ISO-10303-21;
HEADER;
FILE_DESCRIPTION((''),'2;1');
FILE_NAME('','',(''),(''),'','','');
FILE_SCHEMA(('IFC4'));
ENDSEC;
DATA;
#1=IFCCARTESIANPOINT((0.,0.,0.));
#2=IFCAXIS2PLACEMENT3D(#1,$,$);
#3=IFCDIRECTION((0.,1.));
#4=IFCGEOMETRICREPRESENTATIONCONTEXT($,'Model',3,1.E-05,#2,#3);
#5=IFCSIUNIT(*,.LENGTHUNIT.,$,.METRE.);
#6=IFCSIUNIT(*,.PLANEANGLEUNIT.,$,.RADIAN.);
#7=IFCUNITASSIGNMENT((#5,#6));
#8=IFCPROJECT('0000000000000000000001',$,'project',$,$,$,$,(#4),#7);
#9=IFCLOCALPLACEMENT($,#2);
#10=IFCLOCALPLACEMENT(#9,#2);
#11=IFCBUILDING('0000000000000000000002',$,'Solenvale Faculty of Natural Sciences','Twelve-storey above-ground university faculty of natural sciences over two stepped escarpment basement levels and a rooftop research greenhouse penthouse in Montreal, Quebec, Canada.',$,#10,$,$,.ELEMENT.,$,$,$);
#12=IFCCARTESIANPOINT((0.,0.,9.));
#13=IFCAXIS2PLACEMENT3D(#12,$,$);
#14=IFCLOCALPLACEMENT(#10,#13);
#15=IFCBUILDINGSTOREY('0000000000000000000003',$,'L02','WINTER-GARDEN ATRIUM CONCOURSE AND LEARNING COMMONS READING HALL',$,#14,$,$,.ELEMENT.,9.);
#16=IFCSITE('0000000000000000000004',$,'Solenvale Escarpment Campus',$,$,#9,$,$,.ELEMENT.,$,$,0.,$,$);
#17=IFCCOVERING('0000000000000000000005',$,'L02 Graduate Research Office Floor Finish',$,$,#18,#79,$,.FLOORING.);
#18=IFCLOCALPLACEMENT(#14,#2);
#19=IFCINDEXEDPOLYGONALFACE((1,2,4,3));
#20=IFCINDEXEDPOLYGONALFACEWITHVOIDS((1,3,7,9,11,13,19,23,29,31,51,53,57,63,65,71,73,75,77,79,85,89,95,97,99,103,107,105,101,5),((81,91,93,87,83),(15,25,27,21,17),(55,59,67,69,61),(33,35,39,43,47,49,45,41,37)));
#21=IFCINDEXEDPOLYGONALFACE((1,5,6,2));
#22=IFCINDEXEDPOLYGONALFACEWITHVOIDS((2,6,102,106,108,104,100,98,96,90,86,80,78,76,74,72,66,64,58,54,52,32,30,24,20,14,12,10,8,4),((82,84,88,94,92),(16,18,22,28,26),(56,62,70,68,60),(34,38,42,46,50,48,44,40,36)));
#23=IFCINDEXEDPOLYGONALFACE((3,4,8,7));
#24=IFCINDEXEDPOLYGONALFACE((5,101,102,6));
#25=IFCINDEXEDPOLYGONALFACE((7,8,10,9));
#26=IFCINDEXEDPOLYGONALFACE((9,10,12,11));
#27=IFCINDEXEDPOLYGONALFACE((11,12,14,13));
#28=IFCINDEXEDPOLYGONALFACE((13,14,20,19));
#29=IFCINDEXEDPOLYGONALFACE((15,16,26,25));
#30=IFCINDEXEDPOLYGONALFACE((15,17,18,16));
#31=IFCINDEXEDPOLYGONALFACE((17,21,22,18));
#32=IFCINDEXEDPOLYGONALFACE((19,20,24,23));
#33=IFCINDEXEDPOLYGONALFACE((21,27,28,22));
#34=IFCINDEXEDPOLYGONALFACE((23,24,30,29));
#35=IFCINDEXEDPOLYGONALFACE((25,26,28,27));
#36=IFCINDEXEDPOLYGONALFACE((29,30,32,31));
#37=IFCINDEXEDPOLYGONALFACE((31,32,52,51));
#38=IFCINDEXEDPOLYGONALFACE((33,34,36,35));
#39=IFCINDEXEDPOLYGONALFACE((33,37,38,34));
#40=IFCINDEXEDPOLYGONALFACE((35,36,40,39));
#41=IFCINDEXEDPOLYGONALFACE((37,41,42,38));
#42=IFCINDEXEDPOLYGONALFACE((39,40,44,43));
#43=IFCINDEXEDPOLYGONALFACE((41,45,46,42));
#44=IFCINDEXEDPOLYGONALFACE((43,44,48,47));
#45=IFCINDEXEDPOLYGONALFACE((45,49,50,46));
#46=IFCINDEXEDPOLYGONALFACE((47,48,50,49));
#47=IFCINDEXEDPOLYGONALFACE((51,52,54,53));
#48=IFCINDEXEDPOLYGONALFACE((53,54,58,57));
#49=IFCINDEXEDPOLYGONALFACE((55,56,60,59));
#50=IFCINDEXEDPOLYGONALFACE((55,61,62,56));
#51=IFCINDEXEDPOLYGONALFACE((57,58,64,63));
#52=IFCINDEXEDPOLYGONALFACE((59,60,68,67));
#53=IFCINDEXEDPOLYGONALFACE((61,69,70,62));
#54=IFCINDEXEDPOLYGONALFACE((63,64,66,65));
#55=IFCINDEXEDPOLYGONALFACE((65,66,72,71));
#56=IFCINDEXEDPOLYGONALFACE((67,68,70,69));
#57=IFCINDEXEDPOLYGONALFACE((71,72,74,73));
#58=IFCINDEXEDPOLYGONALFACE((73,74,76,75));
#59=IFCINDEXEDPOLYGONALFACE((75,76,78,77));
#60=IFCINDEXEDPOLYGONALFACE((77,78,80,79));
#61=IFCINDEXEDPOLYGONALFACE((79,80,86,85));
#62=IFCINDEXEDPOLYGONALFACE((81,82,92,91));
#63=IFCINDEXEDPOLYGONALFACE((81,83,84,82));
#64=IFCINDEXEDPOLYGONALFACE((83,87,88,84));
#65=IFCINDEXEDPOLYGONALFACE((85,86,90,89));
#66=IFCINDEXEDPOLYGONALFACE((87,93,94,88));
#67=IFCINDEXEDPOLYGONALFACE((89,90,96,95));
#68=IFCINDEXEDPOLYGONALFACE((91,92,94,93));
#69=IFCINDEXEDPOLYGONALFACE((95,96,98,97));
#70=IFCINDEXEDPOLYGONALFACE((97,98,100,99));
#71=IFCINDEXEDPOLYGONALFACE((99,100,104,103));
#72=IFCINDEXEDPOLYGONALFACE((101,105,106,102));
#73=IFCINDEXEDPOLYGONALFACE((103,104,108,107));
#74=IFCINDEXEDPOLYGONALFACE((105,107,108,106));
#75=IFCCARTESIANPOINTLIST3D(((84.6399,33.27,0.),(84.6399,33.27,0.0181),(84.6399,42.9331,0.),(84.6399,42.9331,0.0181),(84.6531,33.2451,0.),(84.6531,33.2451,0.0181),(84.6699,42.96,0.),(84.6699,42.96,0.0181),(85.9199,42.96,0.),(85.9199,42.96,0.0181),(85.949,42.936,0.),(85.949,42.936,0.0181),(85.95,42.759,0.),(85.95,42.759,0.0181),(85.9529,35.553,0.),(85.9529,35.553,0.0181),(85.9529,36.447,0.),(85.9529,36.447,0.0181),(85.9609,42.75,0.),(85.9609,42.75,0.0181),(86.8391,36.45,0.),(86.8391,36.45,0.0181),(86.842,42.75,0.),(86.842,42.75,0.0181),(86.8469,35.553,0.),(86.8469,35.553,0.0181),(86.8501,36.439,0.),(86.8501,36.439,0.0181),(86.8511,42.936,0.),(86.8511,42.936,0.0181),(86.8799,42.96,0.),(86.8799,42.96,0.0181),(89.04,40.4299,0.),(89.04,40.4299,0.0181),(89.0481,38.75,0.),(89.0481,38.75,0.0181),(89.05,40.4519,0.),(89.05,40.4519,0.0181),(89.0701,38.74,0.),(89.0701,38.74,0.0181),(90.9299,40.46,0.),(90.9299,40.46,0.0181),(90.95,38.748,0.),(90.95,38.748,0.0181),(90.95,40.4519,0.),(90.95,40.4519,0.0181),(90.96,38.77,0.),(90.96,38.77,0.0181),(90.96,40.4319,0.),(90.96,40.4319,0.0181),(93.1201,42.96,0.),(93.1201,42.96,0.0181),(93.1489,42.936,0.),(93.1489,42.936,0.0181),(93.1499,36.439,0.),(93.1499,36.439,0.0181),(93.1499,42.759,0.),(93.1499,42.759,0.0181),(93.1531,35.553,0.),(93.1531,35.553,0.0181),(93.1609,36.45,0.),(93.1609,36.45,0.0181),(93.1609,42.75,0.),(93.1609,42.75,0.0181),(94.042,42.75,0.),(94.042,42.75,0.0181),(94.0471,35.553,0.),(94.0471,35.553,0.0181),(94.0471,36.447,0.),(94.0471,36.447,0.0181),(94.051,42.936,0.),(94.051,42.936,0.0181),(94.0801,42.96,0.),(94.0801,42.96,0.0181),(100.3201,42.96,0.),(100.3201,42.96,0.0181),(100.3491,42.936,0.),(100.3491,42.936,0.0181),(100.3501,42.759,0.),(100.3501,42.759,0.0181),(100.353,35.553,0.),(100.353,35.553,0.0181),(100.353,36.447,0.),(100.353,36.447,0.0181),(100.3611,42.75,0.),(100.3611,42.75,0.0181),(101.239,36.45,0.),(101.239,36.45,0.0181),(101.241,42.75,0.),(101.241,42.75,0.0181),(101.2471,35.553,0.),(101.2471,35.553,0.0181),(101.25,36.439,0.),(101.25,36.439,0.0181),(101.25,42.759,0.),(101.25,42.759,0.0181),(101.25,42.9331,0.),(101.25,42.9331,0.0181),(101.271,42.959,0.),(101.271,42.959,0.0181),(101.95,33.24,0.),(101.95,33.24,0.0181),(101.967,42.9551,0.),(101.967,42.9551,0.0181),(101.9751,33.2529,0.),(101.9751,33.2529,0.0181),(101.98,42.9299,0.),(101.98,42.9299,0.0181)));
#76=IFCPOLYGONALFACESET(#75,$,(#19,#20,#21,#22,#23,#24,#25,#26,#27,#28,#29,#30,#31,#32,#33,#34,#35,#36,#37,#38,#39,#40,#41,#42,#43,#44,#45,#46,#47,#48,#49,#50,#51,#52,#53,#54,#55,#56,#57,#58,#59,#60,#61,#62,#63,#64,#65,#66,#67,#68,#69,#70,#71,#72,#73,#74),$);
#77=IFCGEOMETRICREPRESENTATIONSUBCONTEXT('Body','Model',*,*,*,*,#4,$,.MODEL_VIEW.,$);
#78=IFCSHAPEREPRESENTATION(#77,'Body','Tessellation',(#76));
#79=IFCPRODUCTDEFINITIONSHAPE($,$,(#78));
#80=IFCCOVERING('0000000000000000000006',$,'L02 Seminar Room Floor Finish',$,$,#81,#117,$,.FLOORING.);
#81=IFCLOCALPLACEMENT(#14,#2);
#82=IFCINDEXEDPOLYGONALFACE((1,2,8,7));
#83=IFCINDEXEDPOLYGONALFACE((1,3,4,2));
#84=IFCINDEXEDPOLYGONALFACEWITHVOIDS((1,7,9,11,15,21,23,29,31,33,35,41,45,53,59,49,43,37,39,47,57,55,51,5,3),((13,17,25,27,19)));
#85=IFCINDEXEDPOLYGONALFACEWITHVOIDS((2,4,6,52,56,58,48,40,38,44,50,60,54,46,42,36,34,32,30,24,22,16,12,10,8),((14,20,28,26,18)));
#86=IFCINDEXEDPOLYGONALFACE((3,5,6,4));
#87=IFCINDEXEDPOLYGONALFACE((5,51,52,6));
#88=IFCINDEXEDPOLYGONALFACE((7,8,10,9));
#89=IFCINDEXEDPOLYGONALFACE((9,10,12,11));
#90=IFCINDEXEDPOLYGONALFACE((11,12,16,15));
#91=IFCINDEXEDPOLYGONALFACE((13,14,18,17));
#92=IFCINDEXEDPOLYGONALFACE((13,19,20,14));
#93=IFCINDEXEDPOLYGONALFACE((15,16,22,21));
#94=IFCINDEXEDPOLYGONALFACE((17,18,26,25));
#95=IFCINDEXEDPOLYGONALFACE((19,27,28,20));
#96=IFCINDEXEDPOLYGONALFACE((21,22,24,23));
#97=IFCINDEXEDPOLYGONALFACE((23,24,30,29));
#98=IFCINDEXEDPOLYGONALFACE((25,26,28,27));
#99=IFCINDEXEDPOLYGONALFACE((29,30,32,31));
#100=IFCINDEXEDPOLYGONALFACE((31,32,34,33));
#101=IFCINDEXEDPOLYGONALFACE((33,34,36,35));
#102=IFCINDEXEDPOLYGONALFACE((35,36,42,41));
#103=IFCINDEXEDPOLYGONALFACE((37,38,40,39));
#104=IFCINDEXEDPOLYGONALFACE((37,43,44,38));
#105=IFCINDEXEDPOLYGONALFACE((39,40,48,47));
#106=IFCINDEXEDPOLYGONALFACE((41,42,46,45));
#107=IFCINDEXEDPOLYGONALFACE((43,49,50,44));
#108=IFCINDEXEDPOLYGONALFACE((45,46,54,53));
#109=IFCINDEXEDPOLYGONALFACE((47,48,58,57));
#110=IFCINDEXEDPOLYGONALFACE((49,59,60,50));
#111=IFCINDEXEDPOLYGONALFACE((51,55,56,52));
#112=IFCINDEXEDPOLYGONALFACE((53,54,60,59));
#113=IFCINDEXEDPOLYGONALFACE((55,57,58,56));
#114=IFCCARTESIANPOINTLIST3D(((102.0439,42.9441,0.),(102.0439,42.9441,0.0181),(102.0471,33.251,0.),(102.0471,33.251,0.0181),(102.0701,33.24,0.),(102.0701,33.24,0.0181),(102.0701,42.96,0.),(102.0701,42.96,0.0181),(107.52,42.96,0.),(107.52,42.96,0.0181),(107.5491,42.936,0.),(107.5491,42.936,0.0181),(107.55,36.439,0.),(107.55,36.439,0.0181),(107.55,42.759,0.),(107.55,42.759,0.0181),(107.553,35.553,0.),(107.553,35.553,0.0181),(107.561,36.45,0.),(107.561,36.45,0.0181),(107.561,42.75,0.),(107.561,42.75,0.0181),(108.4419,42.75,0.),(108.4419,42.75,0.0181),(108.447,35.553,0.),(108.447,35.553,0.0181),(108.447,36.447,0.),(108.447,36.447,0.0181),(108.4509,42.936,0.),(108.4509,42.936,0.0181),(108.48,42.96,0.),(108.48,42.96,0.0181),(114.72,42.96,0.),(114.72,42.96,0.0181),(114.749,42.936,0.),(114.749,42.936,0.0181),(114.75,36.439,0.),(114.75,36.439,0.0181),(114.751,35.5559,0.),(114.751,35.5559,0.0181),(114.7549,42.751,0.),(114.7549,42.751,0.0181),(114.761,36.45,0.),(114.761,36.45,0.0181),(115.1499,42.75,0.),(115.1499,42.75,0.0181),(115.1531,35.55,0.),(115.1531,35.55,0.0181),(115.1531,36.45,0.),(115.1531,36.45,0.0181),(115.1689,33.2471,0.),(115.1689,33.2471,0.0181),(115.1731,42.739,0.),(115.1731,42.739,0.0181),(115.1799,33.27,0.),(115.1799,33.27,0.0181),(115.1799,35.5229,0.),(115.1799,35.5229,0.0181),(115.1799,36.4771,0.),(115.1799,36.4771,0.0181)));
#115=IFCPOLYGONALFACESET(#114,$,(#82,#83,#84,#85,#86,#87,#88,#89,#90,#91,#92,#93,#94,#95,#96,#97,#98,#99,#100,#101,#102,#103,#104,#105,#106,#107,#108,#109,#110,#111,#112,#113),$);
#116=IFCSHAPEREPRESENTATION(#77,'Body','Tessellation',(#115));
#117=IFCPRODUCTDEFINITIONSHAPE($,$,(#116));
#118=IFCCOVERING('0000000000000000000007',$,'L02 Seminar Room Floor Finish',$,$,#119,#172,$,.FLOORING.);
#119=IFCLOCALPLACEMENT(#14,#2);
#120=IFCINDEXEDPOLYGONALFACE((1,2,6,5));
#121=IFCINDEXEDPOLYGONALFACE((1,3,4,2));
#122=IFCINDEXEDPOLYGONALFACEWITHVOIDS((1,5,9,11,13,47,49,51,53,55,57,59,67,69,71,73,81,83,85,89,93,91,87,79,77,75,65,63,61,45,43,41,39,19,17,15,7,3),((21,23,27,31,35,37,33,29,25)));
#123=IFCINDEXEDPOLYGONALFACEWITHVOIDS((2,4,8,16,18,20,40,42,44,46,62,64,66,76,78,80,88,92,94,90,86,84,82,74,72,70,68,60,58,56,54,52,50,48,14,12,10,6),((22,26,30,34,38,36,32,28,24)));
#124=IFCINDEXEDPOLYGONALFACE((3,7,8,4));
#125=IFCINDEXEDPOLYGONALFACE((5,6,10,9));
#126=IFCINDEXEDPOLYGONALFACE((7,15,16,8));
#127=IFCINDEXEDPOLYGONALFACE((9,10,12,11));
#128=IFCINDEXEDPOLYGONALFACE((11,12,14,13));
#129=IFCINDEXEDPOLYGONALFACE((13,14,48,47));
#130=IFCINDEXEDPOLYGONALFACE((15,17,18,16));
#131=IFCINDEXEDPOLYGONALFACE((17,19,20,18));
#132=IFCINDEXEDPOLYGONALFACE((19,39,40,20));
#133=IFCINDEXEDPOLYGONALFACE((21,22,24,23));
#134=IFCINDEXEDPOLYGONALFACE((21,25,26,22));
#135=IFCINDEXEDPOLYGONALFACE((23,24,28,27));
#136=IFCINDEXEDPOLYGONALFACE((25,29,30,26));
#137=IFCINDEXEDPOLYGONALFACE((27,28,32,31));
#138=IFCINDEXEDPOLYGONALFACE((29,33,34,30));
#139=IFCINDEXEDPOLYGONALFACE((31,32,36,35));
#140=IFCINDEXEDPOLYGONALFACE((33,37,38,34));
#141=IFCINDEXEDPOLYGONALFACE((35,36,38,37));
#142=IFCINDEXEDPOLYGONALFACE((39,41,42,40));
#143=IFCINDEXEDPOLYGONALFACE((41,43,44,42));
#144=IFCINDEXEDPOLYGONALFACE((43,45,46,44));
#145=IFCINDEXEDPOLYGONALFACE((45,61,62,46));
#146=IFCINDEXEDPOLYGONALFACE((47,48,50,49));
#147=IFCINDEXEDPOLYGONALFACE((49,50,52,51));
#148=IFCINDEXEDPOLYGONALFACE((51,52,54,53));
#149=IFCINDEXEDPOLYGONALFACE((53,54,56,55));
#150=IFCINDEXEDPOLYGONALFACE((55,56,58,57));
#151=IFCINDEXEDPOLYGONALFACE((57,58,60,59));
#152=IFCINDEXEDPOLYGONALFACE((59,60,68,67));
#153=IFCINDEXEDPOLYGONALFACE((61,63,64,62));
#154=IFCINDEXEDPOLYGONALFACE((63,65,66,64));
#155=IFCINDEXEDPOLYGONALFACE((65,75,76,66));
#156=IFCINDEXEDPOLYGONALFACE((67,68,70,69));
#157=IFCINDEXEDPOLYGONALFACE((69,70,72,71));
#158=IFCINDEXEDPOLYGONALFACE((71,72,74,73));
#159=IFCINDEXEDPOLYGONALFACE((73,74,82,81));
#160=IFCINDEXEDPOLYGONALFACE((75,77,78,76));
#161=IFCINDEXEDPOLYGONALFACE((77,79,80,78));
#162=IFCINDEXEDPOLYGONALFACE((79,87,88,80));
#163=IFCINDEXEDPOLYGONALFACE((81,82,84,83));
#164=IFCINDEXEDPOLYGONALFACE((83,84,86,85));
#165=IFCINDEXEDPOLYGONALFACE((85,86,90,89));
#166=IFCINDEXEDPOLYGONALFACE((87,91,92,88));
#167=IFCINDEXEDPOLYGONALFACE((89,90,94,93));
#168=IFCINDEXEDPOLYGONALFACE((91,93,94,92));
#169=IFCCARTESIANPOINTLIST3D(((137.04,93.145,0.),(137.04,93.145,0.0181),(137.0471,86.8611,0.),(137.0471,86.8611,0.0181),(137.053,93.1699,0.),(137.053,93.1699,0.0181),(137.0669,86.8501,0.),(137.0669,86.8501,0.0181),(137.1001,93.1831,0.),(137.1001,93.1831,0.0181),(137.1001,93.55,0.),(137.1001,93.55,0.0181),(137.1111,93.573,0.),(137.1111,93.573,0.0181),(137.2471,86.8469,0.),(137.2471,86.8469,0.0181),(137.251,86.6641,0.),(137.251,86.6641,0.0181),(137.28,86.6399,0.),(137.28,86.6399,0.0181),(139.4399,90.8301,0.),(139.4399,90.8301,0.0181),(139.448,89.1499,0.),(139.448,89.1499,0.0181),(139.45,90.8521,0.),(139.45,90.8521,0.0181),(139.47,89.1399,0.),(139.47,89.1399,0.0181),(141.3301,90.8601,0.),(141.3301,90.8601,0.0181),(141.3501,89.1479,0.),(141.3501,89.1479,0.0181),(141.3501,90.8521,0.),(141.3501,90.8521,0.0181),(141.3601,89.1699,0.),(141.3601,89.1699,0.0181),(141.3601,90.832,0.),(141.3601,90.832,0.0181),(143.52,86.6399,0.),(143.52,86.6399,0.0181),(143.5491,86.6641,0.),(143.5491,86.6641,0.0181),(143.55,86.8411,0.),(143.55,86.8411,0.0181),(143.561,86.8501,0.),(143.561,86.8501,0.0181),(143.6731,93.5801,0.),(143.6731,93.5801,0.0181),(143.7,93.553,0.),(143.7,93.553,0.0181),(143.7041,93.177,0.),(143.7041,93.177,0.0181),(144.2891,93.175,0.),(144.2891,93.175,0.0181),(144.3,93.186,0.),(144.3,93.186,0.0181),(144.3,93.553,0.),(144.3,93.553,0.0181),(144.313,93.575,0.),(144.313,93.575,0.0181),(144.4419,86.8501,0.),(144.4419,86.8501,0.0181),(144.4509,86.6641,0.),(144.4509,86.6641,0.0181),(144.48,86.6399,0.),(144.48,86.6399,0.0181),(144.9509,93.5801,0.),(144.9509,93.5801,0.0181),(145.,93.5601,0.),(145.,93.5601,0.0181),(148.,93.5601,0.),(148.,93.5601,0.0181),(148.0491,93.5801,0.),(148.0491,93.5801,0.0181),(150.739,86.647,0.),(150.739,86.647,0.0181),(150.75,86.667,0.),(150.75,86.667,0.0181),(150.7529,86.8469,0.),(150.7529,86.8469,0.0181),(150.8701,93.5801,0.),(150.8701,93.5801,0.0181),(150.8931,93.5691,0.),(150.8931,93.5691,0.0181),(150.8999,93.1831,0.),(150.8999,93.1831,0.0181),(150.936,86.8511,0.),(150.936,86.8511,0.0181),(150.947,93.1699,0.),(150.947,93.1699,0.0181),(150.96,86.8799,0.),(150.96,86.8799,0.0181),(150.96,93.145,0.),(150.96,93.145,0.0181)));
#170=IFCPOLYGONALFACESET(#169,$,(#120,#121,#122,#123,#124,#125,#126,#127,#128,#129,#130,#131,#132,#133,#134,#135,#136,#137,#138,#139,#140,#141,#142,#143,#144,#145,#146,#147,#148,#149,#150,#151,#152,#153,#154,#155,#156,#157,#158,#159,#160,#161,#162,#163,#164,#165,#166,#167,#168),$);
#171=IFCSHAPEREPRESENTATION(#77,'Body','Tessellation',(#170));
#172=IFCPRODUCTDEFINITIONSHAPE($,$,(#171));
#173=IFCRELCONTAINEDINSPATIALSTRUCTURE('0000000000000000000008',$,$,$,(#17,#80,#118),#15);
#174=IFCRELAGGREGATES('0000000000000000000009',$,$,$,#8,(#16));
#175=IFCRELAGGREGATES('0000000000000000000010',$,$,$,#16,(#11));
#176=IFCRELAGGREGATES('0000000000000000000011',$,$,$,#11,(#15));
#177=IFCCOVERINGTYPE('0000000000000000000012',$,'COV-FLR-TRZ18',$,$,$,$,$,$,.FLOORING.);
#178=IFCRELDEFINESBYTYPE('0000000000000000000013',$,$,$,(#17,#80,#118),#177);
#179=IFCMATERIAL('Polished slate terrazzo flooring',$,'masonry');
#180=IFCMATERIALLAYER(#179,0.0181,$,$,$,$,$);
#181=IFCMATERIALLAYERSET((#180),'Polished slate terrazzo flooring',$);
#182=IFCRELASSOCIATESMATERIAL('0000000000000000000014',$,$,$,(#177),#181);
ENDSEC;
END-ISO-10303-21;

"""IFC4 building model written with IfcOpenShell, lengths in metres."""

from ifc_helpers import new_model, si_unit, direction, frame, origin, place, context, subcontext, project, spatial, polyline, outline, extrude, material, layer, layer_set, type_object, element, save


model = new_model("IFC4")

# Units and contexts
model_context = context("Model", 3, precision=1e-05, world=origin(), true_north=direction((0.0, 1.0)))
body_context = subcontext(model_context, "Body", "Model", "MODEL_VIEW")
ifc_project = project(units=[si_unit("LENGTHUNIT", "METRE"), si_unit("PLANEANGLEUNIT", "RADIAN")], contexts=[model_context])

# Site, building, storey
site_placement = place(None, origin())
site = spatial("IfcSite", under=ifc_project, at=site_placement, Name="Solenvale Escarpment Campus", CompositionType="ELEMENT", RefElevation=0.0)
building_placement = place(site_placement, origin())
building = spatial("IfcBuilding", under=site, at=building_placement, Name="Solenvale Faculty of Natural Sciences", Description="Twelve-storey above-ground university faculty of natural sciences over two stepped escarpment basement levels and a rooftop research greenhouse penthouse in Montreal, Quebec, Canada.", CompositionType="ELEMENT")
storey_placement = place(building_placement, frame((0.0, 0.0, 9.0)))
storey = spatial("IfcBuildingStorey", under=building, at=storey_placement, Name="L02", Description="WINTER-GARDEN ATRIUM CONCOURSE AND LEARNING COMMONS READING HALL", CompositionType="ELEMENT", Elevation=9.0)

# Coverings
ifc_material_1 = material(Name="Polished slate terrazzo flooring", Category="masonry")
ifc_layer_1 = layer(ifc_material_1, 0.0181)
ifc_layer_set_1 = layer_set([ifc_layer_1], Name="Polished slate terrazzo flooring")
covering_type_1 = type_object("IfcCoveringType", Name="COV-FLR-TRZ18", PredefinedType="FLOORING", material=ifc_layer_set_1)
covering_1_placement = place(storey_placement, origin())
element("IfcCovering", 1, at=covering_1_placement, inside=storey, type_object=covering_type_1, Name="L02 Graduate Research Office Floor Finish", PredefinedType="FLOORING", context=body_context, shape_type="SweptSolid", body=[
    extrude(outline(polyline([(85.9199, 42.96), (85.949, 42.936), (85.95, 42.759), (85.9609, 42.75), (86.842, 42.75), (86.8511, 42.936), (86.8799, 42.96), (93.1201, 42.96), (93.1489, 42.936), (93.1499, 42.759), (93.1609, 42.75), (94.042, 42.75), (94.051, 42.936), (94.0801, 42.96), (100.3201, 42.96), (100.3491, 42.936), (100.3501, 42.759), (100.3611, 42.75), (101.241, 42.75), (101.25, 42.759), (101.25, 42.9331), (101.271, 42.959), (101.967, 42.9551), (101.98, 42.9299), (101.9751, 33.2529), (101.95, 33.24), (84.6531, 33.2451), (84.6399, 33.27), (84.6399, 42.9331), (84.6699, 42.96), (85.9199, 42.96)]), holes=[polyline([(101.25, 36.439), (101.239, 36.45), (100.353, 36.447), (100.353, 35.553), (101.2471, 35.553), (101.25, 36.439)]), polyline([(93.1609, 36.45), (93.1499, 36.439), (93.1531, 35.553), (94.0471, 35.553), (94.0471, 36.447), (93.1609, 36.45)]), polyline([(90.96, 40.4319), (90.95, 40.4519), (90.9299, 40.46), (89.05, 40.4519), (89.04, 40.4299), (89.0481, 38.75), (89.0701, 38.74), (90.95, 38.748), (90.96, 38.77), (90.96, 40.4319)]), polyline([(86.8501, 36.439), (86.8391, 36.45), (85.9529, 36.447), (85.9529, 35.553), (86.8469, 35.553), (86.8501, 36.439)])]), origin(), (0.0, 0.0, 1.0), 0.0181),
])
covering_2_placement = place(storey_placement, origin())
element("IfcCovering", 2, at=covering_2_placement, inside=storey, type_object=covering_type_1, Name="L02 Seminar Room Floor Finish", PredefinedType="FLOORING", context=body_context, shape_type="SweptSolid", body=[
    extrude(outline(polyline([(107.52, 42.96), (107.5491, 42.936), (107.55, 42.759), (107.561, 42.75), (108.4419, 42.75), (108.4509, 42.936), (108.48, 42.96), (114.72, 42.96), (114.749, 42.936), (114.7549, 42.751), (115.1499, 42.75), (115.1731, 42.739), (115.1799, 36.4771), (115.1531, 36.45), (114.761, 36.45), (114.75, 36.439), (114.751, 35.5559), (115.1531, 35.55), (115.1799, 35.5229), (115.1799, 33.27), (115.1689, 33.2471), (102.0701, 33.24), (102.0471, 33.251), (102.0439, 42.9441), (102.0701, 42.96), (107.52, 42.96)]), holes=[polyline([(107.561, 36.45), (107.55, 36.439), (107.553, 35.553), (108.447, 35.553), (108.447, 36.447), (107.561, 36.45)])]), origin(), (0.0, 0.0, 1.0), 0.0181),
])
covering_3_placement = place(storey_placement, origin())
element("IfcCovering", 3, at=covering_3_placement, inside=storey, type_object=covering_type_1, Name="L02 Seminar Room Floor Finish", PredefinedType="FLOORING", context=body_context, shape_type="SweptSolid", body=[
    extrude(outline(polyline([(144.9509, 93.5801), (145.0, 93.5601), (148.0, 93.5601), (148.0491, 93.5801), (150.8701, 93.5801), (150.8931, 93.5691), (150.8999, 93.1831), (150.947, 93.1699), (150.96, 93.145), (150.96, 86.8799), (150.936, 86.8511), (150.7529, 86.8469), (150.75, 86.667), (150.739, 86.647), (144.48, 86.6399), (144.4509, 86.6641), (144.4419, 86.8501), (143.561, 86.8501), (143.55, 86.8411), (143.5491, 86.6641), (143.52, 86.6399), (137.28, 86.6399), (137.251, 86.6641), (137.2471, 86.8469), (137.0669, 86.8501), (137.0471, 86.8611), (137.04, 93.145), (137.053, 93.1699), (137.1001, 93.1831), (137.1001, 93.55), (137.1111, 93.573), (143.6731, 93.5801), (143.7, 93.553), (143.7041, 93.177), (144.2891, 93.175), (144.3, 93.186), (144.3, 93.553), (144.313, 93.575), (144.9509, 93.5801)]), holes=[polyline([(141.3601, 90.832), (141.3501, 90.8521), (141.3301, 90.8601), (139.45, 90.8521), (139.4399, 90.8301), (139.448, 89.1499), (139.47, 89.1399), (141.3501, 89.1479), (141.3601, 89.1699), (141.3601, 90.832)])]), origin(), (0.0, 0.0, 1.0), 0.0181),
])

save(model, "model.ifc")
